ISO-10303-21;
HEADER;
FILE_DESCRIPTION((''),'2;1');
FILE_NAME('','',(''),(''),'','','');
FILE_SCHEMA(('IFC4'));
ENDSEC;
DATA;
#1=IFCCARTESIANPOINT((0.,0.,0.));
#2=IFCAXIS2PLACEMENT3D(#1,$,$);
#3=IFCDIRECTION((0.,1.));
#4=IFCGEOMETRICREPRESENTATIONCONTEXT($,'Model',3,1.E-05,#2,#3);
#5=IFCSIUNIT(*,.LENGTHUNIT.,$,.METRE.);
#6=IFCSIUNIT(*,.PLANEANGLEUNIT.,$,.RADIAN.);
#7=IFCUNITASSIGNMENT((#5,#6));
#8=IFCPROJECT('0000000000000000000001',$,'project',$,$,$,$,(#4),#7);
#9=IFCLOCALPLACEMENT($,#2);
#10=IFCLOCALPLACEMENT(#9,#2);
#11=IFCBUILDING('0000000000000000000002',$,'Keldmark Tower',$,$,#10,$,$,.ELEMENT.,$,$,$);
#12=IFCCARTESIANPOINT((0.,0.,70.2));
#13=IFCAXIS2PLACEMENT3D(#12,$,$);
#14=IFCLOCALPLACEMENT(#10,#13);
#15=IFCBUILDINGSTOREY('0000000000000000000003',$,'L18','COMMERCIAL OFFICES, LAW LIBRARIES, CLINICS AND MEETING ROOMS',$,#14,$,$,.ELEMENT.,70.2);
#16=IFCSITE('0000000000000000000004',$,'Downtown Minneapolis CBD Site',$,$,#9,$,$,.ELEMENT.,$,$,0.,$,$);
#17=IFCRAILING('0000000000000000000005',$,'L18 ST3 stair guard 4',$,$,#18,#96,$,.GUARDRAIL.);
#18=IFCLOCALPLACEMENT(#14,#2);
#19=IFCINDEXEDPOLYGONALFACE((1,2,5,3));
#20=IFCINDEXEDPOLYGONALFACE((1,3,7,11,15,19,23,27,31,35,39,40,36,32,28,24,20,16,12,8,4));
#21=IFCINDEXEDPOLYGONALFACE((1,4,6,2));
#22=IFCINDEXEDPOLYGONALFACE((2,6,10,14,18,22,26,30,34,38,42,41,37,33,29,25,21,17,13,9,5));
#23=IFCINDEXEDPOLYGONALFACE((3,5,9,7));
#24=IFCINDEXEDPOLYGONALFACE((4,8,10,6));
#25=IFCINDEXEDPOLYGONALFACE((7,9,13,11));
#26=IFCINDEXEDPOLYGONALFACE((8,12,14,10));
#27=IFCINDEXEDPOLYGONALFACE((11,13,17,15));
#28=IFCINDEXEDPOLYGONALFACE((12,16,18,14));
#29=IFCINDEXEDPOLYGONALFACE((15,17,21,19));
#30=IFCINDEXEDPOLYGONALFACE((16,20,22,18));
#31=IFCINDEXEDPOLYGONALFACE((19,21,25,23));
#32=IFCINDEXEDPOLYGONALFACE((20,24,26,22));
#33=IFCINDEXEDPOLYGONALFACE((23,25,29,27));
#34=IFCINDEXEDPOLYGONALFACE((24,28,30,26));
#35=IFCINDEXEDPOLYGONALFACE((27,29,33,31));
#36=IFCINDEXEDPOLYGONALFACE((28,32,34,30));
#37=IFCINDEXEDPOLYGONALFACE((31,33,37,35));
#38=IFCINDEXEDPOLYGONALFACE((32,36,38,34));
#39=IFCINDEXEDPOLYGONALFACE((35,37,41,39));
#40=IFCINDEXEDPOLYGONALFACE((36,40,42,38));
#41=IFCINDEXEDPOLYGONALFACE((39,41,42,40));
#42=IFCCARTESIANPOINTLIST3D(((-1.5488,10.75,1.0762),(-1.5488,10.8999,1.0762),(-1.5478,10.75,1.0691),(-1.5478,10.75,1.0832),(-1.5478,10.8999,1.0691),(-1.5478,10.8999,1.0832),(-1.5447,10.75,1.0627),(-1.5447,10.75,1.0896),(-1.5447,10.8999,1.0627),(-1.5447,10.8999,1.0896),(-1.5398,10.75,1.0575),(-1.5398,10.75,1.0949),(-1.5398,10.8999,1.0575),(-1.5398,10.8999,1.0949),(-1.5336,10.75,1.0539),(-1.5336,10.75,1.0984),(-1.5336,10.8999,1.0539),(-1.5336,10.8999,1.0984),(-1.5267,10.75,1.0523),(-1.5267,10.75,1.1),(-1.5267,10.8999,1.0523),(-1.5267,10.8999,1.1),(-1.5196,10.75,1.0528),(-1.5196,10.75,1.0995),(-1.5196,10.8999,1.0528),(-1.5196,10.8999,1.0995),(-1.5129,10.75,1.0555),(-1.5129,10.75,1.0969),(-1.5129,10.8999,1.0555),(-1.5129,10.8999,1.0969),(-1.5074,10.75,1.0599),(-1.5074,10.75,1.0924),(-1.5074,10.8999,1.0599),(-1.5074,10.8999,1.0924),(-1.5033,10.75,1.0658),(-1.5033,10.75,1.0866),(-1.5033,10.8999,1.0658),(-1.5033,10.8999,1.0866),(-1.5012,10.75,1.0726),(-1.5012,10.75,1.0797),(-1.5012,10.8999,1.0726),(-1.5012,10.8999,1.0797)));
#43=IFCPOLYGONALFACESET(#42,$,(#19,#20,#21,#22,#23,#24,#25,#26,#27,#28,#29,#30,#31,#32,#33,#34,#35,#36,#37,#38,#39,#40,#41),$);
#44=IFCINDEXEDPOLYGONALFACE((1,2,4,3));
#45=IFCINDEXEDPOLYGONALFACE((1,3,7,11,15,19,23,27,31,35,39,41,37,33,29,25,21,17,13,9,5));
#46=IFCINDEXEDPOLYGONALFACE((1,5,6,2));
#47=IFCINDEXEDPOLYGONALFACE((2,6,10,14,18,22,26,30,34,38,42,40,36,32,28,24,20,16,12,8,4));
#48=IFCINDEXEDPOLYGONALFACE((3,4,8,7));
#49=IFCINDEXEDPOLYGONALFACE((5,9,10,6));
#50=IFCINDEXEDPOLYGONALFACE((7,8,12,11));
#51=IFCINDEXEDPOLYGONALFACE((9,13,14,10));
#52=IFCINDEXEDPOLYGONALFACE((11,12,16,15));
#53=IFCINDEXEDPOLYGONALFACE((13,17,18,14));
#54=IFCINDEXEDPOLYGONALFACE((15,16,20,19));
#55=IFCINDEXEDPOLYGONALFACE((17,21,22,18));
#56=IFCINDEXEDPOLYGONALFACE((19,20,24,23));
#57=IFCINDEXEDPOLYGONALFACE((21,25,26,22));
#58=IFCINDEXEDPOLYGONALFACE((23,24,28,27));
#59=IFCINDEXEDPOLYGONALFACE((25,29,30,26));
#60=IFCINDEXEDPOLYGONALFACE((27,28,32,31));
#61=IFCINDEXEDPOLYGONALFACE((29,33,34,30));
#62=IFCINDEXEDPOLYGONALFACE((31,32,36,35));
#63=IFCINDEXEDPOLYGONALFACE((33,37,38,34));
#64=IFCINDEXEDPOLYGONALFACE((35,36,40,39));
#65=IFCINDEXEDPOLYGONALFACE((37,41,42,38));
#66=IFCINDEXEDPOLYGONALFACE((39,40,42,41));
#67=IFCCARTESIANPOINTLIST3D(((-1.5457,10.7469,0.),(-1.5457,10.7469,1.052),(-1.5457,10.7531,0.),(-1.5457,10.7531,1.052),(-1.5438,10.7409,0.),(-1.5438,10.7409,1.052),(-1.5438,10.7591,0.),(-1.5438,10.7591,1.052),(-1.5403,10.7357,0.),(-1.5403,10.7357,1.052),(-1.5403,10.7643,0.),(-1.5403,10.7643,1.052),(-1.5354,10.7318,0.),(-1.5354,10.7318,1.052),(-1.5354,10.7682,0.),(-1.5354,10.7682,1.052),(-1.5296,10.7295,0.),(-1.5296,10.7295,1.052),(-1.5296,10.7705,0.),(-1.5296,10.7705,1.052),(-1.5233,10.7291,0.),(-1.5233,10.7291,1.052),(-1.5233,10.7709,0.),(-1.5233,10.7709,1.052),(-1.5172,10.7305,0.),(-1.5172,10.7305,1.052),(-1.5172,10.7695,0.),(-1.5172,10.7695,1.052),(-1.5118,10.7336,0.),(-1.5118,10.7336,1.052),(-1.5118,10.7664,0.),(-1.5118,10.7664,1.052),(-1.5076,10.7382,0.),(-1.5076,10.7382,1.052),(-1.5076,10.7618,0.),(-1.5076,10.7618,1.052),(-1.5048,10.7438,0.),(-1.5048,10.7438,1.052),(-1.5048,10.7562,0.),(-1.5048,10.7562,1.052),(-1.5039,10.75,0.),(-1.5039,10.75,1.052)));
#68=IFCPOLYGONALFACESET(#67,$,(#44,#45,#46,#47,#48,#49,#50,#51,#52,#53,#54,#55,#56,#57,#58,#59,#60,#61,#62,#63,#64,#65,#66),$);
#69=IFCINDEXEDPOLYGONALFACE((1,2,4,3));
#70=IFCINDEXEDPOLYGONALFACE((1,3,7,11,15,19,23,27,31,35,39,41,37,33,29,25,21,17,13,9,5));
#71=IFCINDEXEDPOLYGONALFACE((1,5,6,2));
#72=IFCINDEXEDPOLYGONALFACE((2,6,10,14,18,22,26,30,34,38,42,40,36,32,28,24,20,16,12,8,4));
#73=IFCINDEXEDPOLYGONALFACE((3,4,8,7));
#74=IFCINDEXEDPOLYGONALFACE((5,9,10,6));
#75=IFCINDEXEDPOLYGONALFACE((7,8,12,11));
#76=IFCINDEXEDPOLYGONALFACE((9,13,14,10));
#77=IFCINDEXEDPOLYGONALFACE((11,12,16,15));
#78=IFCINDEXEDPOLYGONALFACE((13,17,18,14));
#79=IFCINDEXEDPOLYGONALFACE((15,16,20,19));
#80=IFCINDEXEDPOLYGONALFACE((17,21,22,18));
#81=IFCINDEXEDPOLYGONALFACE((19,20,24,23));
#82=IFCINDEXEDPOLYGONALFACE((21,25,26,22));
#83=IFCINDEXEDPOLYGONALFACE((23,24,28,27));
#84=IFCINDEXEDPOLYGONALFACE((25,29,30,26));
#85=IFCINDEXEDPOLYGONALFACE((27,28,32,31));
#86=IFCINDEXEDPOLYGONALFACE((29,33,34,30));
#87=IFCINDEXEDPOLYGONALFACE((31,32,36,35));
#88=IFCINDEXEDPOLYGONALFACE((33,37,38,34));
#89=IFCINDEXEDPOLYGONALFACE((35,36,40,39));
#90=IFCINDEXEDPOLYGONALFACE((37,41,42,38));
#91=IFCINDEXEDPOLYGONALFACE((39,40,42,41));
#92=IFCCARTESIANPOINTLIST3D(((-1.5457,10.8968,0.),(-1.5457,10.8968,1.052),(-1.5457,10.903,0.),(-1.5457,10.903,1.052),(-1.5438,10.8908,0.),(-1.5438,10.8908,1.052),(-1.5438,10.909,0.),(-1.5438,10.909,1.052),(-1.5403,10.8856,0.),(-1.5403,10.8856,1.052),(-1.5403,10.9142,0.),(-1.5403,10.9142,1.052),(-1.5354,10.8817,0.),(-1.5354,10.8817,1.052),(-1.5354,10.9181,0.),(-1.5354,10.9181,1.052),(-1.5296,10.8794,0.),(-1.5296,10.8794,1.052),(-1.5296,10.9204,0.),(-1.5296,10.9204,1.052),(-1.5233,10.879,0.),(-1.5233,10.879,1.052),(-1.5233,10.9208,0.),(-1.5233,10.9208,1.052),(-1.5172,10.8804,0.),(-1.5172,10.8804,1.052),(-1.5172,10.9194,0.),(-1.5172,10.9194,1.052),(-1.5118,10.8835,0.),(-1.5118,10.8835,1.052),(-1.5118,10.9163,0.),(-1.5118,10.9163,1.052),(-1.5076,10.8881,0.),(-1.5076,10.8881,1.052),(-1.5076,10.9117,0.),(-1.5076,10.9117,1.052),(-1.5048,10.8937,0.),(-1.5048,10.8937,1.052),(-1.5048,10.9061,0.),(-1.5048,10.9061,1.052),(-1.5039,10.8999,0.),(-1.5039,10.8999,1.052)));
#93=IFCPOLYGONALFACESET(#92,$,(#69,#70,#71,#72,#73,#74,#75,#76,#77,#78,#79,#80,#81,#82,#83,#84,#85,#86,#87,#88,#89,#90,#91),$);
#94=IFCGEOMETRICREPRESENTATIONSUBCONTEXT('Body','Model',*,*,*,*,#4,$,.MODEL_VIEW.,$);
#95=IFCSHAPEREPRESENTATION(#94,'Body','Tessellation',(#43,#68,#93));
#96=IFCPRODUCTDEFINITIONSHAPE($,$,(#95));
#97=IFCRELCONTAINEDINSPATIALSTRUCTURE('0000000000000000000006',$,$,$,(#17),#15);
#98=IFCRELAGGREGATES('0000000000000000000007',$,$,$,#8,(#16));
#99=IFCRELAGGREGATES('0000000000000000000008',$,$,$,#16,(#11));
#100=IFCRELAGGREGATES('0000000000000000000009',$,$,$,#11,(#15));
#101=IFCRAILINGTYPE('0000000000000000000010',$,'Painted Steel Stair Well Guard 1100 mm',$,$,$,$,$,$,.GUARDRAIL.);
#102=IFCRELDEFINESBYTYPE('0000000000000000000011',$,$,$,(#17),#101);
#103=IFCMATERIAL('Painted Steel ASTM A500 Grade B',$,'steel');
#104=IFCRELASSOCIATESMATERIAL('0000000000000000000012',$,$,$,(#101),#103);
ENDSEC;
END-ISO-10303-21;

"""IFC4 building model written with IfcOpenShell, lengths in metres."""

from ifc_helpers import new_model, si_unit, direction, frame, origin, origin_2d, place, context, subcontext, project, spatial, circle, extrude, material, type_object, element, save


model = new_model("IFC4")

# Units and contexts
model_context = context("Model", 3, precision=1e-05, world=origin(), true_north=direction((0.0, 1.0)))
body_context = subcontext(model_context, "Body", "Model", "MODEL_VIEW")
ifc_project = project(units=[si_unit("LENGTHUNIT", "METRE"), si_unit("PLANEANGLEUNIT", "RADIAN")], contexts=[model_context])

# Site, building, storey
site_placement = place(None, origin())
site = spatial("IfcSite", under=ifc_project, at=site_placement, Name="Downtown Minneapolis CBD Site", CompositionType="ELEMENT", RefElevation=0.0)
building_placement = place(site_placement, origin())
building = spatial("IfcBuilding", under=site, at=building_placement, Name="Keldmark Tower", CompositionType="ELEMENT")
storey_placement = place(building_placement, frame((0.0, 0.0, 70.2)))
storey = spatial("IfcBuildingStorey", under=building, at=storey_placement, Name="L18", Description="COMMERCIAL OFFICES, LAW LIBRARIES, CLINICS AND MEETING ROOMS", CompositionType="ELEMENT", Elevation=70.2)

# Railing
ifc_material_1 = material(Name="Painted Steel ASTM A500 Grade B", Category="steel")
railing_type_1 = type_object("IfcRailingType", Name="Painted Steel Stair Well Guard 1100 mm", PredefinedType="GUARDRAIL", material=ifc_material_1)
railing_1_placement = place(storey_placement, frame((-1.5249, 10.75, 0.0)))
element("IfcRailing", 1, at=railing_1_placement, inside=storey, type_object=railing_type_1, Name="L18 ST3 stair guard 4", PredefinedType="GUARDRAIL", context=body_context, shape_type="SweptSolid", body=[
    extrude(circle(Radius=0.0239, at=origin_2d()), frame((0.0, 0.0, 1.0762), z_axis=(0.0, 1.0, 0.0), x_axis=(-1.0, 0.0, 0.0)), (0.0, 0.0, 1.0), 0.1499),
    extrude(circle(Radius=0.021, at=origin_2d()), origin(), (0.0, 0.0, 1.0), 1.052),
    extrude(circle(Radius=0.021, at=origin_2d()), frame((0.0, 0.1499, 0.0)), (0.0, 0.0, 1.0), 1.052),
])

save(model, "model.ifc")
